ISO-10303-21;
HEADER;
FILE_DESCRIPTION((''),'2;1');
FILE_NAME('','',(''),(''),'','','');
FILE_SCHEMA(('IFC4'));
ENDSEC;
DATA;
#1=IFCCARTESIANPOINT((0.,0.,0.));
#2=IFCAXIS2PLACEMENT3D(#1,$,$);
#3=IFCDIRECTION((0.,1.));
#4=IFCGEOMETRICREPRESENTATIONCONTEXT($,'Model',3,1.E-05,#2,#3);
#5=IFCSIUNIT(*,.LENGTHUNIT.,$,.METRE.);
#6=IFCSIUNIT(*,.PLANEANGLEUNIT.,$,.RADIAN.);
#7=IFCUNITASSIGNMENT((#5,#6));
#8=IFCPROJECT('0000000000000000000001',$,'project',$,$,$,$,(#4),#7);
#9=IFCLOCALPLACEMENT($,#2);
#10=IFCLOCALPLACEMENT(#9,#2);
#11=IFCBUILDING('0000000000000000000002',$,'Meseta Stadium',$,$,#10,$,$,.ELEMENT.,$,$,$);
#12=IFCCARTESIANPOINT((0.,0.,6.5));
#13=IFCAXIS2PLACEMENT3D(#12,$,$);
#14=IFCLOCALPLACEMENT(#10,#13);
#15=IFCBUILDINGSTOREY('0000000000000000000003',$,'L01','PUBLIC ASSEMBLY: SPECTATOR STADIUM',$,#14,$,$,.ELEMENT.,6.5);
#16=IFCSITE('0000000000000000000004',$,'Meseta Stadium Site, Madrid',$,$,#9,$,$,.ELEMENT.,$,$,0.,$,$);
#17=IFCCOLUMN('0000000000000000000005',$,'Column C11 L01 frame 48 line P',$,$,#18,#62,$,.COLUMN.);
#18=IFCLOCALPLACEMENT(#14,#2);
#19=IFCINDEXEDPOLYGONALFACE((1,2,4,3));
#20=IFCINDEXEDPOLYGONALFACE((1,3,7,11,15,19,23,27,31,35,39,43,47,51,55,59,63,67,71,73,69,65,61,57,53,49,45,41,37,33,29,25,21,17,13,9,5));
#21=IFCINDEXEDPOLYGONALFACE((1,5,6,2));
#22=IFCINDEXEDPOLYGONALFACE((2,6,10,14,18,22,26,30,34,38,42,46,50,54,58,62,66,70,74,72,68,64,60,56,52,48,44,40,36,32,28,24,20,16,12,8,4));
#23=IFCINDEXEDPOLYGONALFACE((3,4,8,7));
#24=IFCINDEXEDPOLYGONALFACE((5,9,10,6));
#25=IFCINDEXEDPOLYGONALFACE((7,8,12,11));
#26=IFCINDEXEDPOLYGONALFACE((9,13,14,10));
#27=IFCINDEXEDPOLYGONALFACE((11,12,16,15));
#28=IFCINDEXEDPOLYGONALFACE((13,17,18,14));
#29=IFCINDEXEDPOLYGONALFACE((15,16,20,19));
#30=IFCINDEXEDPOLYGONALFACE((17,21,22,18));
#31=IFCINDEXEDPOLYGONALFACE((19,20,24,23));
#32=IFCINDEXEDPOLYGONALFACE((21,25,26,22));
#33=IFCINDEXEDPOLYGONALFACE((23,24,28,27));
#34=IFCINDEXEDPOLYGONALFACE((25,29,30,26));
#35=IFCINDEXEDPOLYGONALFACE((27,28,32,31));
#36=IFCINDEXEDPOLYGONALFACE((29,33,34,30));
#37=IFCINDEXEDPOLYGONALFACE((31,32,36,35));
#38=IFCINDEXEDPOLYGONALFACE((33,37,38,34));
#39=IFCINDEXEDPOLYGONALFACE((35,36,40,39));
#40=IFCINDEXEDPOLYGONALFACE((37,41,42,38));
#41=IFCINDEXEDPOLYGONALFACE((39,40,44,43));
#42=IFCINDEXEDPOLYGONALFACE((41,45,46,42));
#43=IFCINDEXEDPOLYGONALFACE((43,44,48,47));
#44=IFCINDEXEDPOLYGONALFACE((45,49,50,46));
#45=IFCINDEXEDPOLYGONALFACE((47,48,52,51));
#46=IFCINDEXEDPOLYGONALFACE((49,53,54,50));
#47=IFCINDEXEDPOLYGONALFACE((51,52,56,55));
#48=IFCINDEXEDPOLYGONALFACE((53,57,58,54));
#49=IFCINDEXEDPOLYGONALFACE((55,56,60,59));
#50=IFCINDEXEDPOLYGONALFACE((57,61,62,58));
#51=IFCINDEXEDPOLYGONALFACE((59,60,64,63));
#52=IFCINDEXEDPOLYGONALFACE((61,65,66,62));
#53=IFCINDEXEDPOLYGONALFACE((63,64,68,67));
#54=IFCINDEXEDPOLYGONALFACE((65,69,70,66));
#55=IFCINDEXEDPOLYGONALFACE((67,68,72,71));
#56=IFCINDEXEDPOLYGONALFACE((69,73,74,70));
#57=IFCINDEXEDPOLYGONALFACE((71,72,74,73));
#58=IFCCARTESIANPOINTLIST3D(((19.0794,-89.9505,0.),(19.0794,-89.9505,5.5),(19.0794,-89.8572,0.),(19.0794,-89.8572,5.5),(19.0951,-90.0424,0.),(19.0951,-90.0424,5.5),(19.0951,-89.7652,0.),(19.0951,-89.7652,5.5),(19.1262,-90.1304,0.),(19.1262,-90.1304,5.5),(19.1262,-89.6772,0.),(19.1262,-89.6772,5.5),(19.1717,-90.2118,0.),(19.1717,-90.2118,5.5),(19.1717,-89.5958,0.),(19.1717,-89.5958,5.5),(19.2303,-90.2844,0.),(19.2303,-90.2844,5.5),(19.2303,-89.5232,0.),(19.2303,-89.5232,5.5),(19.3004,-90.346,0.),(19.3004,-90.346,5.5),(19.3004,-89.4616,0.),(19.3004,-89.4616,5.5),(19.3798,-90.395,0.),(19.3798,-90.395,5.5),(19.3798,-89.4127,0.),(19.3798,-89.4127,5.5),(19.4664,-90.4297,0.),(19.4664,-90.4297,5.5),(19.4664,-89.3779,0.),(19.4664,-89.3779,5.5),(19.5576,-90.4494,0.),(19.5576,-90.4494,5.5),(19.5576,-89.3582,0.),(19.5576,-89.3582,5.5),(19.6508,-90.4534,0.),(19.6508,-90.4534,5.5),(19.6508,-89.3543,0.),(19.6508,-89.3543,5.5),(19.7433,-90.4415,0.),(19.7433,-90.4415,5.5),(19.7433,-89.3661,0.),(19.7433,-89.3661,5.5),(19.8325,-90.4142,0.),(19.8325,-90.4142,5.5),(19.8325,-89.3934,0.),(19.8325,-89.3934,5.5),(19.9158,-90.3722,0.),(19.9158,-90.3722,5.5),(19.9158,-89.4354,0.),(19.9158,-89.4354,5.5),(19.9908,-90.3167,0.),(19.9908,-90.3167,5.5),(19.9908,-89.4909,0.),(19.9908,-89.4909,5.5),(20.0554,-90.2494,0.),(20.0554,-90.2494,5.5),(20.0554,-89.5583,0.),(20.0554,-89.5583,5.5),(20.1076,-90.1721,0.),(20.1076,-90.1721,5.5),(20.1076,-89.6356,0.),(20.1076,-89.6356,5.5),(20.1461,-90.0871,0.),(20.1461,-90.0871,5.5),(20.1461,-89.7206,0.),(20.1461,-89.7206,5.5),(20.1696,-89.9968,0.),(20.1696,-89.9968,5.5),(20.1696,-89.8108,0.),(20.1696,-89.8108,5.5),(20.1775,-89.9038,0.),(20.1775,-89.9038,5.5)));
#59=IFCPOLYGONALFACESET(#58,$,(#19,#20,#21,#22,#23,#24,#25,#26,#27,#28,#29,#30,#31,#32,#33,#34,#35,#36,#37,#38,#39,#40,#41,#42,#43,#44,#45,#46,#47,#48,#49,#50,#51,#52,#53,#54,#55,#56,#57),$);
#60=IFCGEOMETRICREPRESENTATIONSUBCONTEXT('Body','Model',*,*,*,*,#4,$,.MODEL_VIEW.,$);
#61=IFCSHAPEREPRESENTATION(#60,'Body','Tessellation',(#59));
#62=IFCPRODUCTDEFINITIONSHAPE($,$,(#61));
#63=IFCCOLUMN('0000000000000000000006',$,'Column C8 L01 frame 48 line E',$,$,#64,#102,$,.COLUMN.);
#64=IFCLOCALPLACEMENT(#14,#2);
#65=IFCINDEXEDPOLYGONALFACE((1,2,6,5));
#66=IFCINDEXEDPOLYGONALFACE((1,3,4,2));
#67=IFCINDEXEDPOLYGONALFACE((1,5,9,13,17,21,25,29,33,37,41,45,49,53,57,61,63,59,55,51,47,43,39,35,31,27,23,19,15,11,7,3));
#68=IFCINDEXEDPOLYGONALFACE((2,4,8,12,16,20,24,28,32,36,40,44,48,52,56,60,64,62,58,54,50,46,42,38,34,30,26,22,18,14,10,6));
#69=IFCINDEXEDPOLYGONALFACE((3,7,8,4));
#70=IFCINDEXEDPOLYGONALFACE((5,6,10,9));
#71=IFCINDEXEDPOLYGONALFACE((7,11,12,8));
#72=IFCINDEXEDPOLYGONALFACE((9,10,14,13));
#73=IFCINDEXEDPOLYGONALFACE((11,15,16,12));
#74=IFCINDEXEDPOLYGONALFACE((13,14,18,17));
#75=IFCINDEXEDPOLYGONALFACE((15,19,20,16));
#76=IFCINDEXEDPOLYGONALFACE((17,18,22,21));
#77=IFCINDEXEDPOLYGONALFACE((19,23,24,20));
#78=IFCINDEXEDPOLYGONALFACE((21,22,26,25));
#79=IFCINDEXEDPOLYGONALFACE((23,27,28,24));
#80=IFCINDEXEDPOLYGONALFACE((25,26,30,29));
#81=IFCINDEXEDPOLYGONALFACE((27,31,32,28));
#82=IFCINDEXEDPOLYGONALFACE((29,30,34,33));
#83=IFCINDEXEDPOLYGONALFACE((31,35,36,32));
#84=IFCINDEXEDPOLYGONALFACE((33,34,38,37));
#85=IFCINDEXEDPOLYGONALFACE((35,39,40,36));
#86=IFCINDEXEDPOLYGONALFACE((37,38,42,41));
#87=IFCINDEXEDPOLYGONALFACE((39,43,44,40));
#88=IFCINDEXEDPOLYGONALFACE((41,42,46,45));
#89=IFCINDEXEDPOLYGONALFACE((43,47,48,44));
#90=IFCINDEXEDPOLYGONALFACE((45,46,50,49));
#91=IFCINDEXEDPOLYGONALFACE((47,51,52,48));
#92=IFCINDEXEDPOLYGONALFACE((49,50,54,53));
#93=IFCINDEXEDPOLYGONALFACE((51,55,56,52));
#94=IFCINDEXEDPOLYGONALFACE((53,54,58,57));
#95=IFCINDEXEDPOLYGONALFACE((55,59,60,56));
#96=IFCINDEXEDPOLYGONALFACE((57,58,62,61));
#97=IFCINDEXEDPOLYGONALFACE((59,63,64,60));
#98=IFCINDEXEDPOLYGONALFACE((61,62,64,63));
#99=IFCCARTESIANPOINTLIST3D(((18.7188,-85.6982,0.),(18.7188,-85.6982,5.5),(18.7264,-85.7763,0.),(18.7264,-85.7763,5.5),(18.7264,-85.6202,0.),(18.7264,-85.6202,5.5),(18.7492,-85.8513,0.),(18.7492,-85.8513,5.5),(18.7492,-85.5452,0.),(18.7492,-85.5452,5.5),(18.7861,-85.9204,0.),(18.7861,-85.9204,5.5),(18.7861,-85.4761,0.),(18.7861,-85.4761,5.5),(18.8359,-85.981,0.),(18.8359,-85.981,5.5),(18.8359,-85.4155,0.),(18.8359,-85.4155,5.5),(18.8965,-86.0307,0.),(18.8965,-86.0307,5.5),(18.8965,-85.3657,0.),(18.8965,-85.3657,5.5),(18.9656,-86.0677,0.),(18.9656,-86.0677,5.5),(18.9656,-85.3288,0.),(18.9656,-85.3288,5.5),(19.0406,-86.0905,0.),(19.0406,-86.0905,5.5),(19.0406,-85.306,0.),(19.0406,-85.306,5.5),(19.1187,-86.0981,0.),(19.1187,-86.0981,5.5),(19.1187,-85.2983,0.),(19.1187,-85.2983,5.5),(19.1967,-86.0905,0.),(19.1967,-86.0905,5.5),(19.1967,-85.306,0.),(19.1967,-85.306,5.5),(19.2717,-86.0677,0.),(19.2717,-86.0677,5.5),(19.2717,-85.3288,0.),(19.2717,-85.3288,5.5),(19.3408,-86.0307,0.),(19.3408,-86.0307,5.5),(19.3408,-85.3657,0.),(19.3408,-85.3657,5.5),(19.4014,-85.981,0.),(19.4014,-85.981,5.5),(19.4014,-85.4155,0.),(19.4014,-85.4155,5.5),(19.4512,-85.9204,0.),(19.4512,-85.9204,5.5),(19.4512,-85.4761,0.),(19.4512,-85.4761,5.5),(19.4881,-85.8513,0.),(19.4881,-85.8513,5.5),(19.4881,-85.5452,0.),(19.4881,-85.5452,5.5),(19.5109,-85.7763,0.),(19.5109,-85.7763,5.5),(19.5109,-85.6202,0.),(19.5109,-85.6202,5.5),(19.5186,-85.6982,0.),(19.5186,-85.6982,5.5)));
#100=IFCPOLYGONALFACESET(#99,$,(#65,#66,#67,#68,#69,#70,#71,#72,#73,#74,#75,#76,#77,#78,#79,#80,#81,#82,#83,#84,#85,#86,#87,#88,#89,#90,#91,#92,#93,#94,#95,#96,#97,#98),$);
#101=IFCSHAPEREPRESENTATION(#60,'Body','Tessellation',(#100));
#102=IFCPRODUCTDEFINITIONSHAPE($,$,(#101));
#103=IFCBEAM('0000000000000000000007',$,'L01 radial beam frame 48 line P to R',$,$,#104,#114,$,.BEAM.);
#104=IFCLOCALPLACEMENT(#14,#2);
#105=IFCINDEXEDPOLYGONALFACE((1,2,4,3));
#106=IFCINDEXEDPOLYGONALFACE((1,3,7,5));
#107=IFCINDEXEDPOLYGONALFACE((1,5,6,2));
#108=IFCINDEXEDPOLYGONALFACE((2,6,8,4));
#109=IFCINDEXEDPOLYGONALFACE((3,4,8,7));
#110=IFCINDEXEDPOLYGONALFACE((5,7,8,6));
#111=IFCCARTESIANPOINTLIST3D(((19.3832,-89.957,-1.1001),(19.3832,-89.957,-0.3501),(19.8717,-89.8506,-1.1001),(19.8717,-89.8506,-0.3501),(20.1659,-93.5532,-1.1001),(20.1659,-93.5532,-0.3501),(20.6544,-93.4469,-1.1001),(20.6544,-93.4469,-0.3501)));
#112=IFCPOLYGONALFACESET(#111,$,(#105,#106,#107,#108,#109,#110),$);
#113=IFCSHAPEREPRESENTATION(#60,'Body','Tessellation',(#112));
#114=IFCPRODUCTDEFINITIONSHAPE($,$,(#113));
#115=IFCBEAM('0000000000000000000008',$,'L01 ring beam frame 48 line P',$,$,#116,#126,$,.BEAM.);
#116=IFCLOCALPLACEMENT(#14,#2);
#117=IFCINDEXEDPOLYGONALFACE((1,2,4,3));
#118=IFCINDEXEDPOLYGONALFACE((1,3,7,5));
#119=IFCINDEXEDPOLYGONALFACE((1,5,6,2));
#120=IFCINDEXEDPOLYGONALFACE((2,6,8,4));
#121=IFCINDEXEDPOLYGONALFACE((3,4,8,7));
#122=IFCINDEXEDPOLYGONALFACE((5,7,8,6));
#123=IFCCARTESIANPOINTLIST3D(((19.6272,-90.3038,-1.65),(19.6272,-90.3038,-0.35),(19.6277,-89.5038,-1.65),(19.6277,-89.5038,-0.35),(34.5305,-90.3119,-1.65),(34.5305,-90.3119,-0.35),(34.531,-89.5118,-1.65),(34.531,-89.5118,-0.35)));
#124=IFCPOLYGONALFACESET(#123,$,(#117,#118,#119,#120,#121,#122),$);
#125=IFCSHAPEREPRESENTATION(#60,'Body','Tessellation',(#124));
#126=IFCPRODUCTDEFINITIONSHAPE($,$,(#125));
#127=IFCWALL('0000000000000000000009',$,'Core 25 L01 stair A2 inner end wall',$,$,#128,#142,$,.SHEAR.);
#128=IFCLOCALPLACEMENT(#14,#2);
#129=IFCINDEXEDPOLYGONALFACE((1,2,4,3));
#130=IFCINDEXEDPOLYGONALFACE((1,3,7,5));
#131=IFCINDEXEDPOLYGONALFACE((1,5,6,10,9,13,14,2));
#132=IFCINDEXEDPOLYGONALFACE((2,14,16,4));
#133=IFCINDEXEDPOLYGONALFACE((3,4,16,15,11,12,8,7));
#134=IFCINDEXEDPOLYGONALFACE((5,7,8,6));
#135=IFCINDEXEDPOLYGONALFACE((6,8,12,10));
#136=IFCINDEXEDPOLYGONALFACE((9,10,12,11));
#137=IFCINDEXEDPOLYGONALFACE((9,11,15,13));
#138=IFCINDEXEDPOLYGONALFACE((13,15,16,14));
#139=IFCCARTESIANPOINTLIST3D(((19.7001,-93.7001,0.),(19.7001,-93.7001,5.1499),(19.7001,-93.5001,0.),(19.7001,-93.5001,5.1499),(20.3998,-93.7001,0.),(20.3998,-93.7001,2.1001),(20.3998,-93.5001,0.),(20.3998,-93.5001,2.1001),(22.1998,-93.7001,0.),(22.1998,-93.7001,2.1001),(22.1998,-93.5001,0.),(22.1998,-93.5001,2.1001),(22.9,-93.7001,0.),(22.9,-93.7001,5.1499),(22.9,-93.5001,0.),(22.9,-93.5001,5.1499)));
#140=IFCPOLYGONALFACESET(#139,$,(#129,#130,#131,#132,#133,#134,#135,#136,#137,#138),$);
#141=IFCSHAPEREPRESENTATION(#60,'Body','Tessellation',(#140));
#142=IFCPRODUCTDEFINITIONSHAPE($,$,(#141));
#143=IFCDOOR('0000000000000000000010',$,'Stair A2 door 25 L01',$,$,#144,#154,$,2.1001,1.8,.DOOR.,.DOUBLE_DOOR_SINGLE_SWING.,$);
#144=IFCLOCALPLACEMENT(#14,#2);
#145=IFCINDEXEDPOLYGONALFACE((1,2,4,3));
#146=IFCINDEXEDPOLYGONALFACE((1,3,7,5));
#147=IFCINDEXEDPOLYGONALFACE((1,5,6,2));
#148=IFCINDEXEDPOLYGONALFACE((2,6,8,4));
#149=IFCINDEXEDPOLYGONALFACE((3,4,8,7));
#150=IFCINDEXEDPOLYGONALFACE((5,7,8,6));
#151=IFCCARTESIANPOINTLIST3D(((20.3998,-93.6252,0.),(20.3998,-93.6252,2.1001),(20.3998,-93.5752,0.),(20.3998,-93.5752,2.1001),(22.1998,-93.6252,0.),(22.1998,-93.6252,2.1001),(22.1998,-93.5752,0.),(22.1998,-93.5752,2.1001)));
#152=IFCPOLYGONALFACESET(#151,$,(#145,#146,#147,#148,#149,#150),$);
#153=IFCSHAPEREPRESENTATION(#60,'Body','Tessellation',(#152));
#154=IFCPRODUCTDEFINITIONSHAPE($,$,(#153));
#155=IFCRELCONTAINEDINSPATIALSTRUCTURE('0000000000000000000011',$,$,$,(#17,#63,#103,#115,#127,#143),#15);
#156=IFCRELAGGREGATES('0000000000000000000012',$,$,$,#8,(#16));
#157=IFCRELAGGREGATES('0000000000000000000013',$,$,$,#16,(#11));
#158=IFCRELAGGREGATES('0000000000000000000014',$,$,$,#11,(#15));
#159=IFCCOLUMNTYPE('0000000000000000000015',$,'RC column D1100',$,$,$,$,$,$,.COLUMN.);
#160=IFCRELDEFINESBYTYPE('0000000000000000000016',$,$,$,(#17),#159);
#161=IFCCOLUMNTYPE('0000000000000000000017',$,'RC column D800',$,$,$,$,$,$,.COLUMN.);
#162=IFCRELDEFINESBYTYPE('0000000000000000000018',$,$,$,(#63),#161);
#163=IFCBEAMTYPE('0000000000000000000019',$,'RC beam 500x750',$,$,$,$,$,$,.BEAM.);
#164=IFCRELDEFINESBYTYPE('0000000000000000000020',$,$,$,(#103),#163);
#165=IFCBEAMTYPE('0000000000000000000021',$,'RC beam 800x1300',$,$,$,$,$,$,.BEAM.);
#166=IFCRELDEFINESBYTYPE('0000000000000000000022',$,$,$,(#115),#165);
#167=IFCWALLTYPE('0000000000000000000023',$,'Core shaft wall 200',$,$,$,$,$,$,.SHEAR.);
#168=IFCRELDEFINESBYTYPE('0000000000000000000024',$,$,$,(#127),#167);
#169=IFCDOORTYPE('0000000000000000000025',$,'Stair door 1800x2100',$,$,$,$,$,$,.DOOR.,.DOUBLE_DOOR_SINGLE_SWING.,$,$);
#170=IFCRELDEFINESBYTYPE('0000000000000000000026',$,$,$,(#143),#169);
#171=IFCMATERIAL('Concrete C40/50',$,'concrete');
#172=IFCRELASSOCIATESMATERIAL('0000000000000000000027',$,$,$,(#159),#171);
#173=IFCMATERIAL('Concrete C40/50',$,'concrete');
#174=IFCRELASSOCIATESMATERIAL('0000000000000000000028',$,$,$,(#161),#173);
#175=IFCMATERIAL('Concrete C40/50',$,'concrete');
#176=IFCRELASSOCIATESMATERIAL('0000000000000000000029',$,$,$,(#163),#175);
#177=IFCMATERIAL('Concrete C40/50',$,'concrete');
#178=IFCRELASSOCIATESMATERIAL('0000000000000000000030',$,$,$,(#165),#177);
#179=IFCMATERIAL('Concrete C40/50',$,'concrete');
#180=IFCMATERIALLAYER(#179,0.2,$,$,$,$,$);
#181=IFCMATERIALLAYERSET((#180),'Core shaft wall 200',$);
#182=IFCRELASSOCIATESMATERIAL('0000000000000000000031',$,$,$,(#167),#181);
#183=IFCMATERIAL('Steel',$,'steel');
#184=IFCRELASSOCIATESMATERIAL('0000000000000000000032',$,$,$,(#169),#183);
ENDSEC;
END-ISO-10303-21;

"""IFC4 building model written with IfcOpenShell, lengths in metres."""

from ifc_helpers import new_model, si_unit, direction, frame, frame_2d, origin, origin_2d, place, context, subcontext, project, spatial, rectangle, circle, extrude, material, layer, layer_set, material_profile, profile_set, type_object, element, fill, save


model = new_model("IFC4")

# Units and contexts
model_context = context("Model", 3, precision=1e-05, world=origin(), true_north=direction((0.0, 1.0)))
body_context = subcontext(model_context, "Body", "Model", "MODEL_VIEW")
ifc_project = project(units=[si_unit("LENGTHUNIT", "METRE"), si_unit("PLANEANGLEUNIT", "RADIAN")], contexts=[model_context])

# Site, building, storey
site_placement = place(None, origin())
site = spatial("IfcSite", under=ifc_project, at=site_placement, Name="Meseta Stadium Site, Madrid", CompositionType="ELEMENT", RefElevation=0.0)
building_placement = place(site_placement, origin())
building = spatial("IfcBuilding", under=site, at=building_placement, Name="Meseta Stadium", CompositionType="ELEMENT")
storey_placement = place(building_placement, frame((0.0, 0.0, 6.5)))
storey = spatial("IfcBuildingStorey", under=building, at=storey_placement, Name="L01", Description="PUBLIC ASSEMBLY: SPECTATOR STADIUM", CompositionType="ELEMENT", Elevation=6.5)

# Columns
ifc_material_1 = material(Name="Concrete C40/50", Category="concrete")
ifc_material_profile_1 = material_profile(ifc_material_1, circle(Radius=0.55, at=origin_2d()), Name="RC D1100")
ifc_profile_set_1 = profile_set([ifc_material_profile_1], Name="Concrete C40/50")
column_type_1 = type_object("IfcColumnType", Name="RC column D1100", PredefinedType="COLUMN", material=ifc_profile_set_1)
column_1_placement = place(storey_placement, frame((19.6274, -89.9038, 0.0), z_axis=(0.0, 0.0, 1.0), x_axis=(1.0, 0.0, 0.0)))
element("IfcColumn", 1, at=column_1_placement, inside=storey, type_object=column_type_1, Name="Column C11 L01 frame 48 line P", PredefinedType="COLUMN", context=body_context, shape_type="SweptSolid", body=[
    extrude(circle(Radius=0.55, at=origin_2d()), origin(), (0.0, 0.0, 1.0), 5.5),
])
ifc_material_2 = material(Name="Concrete C40/50", Category="concrete")
ifc_material_profile_2 = material_profile(ifc_material_2, circle(Radius=0.3999, at=origin_2d()), Name="RC D800")
ifc_profile_set_2 = profile_set([ifc_material_profile_2], Name="Concrete C40/50")
column_type_2 = type_object("IfcColumnType", Name="RC column D800", PredefinedType="COLUMN", material=ifc_profile_set_2)
column_2_placement = place(storey_placement, frame((19.1187, -85.6982, 0.0), z_axis=(0.0, 0.0, 1.0), x_axis=(1.0, 0.0, 0.0)))
element("IfcColumn", 2, at=column_2_placement, inside=storey, type_object=column_type_2, Name="Column C8 L01 frame 48 line E", PredefinedType="COLUMN", context=body_context, shape_type="SweptSolid", body=[
    extrude(circle(Radius=0.3999, at=origin_2d()), origin(), (0.0, 0.0, 1.0), 5.5),
])

# Beams
ifc_material_3 = material(Name="Concrete C40/50", Category="concrete")
ifc_material_profile_3 = material_profile(ifc_material_3, rectangle(XDim=0.5, YDim=0.75, at=origin_2d()), Name="RC 500x750")
ifc_profile_set_3 = profile_set([ifc_material_profile_3], Name="Concrete C40/50")
beam_type_1 = type_object("IfcBeamType", Name="RC beam 500x750", PredefinedType="BEAM", material=ifc_profile_set_3)
beam_1_placement = place(storey_placement, frame((19.6274, -89.9038, -0.7251), z_axis=(0.212672, -0.977124, 0.0), x_axis=(0.977124, 0.212672, 0.0)))
element("IfcBeam", 3, at=beam_1_placement, inside=storey, type_object=beam_type_1, Name="L01 radial beam frame 48 line P to R", PredefinedType="BEAM", context=body_context, shape_type="SweptSolid", body=[
    extrude(rectangle(XDim=0.5, YDim=0.75, at=origin_2d()), origin(), (0.0, 0.0, 1.0), 3.6804),
])
ifc_material_4 = material(Name="Concrete C40/50", Category="concrete")
ifc_material_profile_4 = material_profile(ifc_material_4, rectangle(XDim=0.8, YDim=1.3, at=origin_2d()), Name="RC 800x1300")
ifc_profile_set_4 = profile_set([ifc_material_profile_4], Name="Concrete C40/50")
beam_type_2 = type_object("IfcBeamType", Name="RC beam 800x1300", PredefinedType="BEAM", material=ifc_profile_set_4)
beam_2_placement = place(storey_placement, frame((19.6274, -89.9038, -1.0), z_axis=(1.0, -0.000541, 0.0), x_axis=(0.000541, 1.0, 0.0)))
element("IfcBeam", 4, at=beam_2_placement, inside=storey, type_object=beam_type_2, Name="L01 ring beam frame 48 line P", PredefinedType="BEAM", context=body_context, shape_type="SweptSolid", body=[
    extrude(rectangle(XDim=0.8, YDim=1.3, at=origin_2d()), origin(), (0.0, 0.0, 1.0), 14.9033),
])

# Wall, opening, door
ifc_material_5 = material(Name="Concrete C40/50", Category="concrete")
ifc_layer_1 = layer(ifc_material_5, 0.2)
ifc_layer_set_1 = layer_set([ifc_layer_1], Name="Core shaft wall 200")
wall_type_1 = type_object("IfcWallType", Name="Core shaft wall 200", PredefinedType="SHEAR", material=ifc_layer_set_1)
wall_1_placement = place(storey_placement, frame((19.7, -93.6001, 0.0), z_axis=(0.0, 0.0, 1.0), x_axis=(1.0, 0.0, 0.0)))
wall_1 = element("IfcWall", 5, at=wall_1_placement, inside=storey, type_object=wall_type_1, Name="Core 25 L01 stair A2 inner end wall", PredefinedType="SHEAR", context=body_context, shape_type="SweptSolid", body=[
    extrude(rectangle(XDim=3.2, YDim=0.2, at=frame_2d((1.6001, 0.0))), origin(), (0.0, 0.0, 1.0), 5.1499),
])
opening_1_placement = place(wall_1_placement, frame((0.7, 0.0, 0.0)))
opening_1 = element("IfcOpeningElement", 6, at=opening_1_placement, cuts=wall_1, PredefinedType="OPENING", context=body_context, shape_type="SweptSolid", body=[
    extrude(rectangle(XDim=1.8, YDim=2.1001, at=frame_2d((0.8999, 1.05))), frame((0.0, 0.1099, 0.0), z_axis=(0.0, -1.0, 0.0), x_axis=(1.0, 0.0, 0.0)), (0.0, 0.0, 1.0), 0.22),
])
ifc_material_6 = material(Name="Steel", Category="steel")
door_type_1 = type_object("IfcDoorType", Name="Stair door 1800x2100", OperationType="DOUBLE_DOOR_SINGLE_SWING", PredefinedType="DOOR", material=ifc_material_6)
door_1_placement = place(opening_1_placement, origin())
door_1 = element("IfcDoor", 7, at=door_1_placement, inside=storey, type_object=door_type_1, Name="Stair A2 door 25 L01", OperationType="DOUBLE_DOOR_SINGLE_SWING", OverallHeight=2.1001, OverallWidth=1.8, PredefinedType="DOOR", context=body_context, shape_type="SweptSolid", body=[
    extrude(rectangle(XDim=1.8, YDim=2.1001, at=frame_2d((0.8999, 1.05))), frame((0.0, 0.0249, 0.0), z_axis=(0.0, -1.0, 0.0), x_axis=(1.0, 0.0, 0.0)), (0.0, 0.0, 1.0), 0.05),
])
fill(opening_1, door_1)

save(model, "model.ifc")
